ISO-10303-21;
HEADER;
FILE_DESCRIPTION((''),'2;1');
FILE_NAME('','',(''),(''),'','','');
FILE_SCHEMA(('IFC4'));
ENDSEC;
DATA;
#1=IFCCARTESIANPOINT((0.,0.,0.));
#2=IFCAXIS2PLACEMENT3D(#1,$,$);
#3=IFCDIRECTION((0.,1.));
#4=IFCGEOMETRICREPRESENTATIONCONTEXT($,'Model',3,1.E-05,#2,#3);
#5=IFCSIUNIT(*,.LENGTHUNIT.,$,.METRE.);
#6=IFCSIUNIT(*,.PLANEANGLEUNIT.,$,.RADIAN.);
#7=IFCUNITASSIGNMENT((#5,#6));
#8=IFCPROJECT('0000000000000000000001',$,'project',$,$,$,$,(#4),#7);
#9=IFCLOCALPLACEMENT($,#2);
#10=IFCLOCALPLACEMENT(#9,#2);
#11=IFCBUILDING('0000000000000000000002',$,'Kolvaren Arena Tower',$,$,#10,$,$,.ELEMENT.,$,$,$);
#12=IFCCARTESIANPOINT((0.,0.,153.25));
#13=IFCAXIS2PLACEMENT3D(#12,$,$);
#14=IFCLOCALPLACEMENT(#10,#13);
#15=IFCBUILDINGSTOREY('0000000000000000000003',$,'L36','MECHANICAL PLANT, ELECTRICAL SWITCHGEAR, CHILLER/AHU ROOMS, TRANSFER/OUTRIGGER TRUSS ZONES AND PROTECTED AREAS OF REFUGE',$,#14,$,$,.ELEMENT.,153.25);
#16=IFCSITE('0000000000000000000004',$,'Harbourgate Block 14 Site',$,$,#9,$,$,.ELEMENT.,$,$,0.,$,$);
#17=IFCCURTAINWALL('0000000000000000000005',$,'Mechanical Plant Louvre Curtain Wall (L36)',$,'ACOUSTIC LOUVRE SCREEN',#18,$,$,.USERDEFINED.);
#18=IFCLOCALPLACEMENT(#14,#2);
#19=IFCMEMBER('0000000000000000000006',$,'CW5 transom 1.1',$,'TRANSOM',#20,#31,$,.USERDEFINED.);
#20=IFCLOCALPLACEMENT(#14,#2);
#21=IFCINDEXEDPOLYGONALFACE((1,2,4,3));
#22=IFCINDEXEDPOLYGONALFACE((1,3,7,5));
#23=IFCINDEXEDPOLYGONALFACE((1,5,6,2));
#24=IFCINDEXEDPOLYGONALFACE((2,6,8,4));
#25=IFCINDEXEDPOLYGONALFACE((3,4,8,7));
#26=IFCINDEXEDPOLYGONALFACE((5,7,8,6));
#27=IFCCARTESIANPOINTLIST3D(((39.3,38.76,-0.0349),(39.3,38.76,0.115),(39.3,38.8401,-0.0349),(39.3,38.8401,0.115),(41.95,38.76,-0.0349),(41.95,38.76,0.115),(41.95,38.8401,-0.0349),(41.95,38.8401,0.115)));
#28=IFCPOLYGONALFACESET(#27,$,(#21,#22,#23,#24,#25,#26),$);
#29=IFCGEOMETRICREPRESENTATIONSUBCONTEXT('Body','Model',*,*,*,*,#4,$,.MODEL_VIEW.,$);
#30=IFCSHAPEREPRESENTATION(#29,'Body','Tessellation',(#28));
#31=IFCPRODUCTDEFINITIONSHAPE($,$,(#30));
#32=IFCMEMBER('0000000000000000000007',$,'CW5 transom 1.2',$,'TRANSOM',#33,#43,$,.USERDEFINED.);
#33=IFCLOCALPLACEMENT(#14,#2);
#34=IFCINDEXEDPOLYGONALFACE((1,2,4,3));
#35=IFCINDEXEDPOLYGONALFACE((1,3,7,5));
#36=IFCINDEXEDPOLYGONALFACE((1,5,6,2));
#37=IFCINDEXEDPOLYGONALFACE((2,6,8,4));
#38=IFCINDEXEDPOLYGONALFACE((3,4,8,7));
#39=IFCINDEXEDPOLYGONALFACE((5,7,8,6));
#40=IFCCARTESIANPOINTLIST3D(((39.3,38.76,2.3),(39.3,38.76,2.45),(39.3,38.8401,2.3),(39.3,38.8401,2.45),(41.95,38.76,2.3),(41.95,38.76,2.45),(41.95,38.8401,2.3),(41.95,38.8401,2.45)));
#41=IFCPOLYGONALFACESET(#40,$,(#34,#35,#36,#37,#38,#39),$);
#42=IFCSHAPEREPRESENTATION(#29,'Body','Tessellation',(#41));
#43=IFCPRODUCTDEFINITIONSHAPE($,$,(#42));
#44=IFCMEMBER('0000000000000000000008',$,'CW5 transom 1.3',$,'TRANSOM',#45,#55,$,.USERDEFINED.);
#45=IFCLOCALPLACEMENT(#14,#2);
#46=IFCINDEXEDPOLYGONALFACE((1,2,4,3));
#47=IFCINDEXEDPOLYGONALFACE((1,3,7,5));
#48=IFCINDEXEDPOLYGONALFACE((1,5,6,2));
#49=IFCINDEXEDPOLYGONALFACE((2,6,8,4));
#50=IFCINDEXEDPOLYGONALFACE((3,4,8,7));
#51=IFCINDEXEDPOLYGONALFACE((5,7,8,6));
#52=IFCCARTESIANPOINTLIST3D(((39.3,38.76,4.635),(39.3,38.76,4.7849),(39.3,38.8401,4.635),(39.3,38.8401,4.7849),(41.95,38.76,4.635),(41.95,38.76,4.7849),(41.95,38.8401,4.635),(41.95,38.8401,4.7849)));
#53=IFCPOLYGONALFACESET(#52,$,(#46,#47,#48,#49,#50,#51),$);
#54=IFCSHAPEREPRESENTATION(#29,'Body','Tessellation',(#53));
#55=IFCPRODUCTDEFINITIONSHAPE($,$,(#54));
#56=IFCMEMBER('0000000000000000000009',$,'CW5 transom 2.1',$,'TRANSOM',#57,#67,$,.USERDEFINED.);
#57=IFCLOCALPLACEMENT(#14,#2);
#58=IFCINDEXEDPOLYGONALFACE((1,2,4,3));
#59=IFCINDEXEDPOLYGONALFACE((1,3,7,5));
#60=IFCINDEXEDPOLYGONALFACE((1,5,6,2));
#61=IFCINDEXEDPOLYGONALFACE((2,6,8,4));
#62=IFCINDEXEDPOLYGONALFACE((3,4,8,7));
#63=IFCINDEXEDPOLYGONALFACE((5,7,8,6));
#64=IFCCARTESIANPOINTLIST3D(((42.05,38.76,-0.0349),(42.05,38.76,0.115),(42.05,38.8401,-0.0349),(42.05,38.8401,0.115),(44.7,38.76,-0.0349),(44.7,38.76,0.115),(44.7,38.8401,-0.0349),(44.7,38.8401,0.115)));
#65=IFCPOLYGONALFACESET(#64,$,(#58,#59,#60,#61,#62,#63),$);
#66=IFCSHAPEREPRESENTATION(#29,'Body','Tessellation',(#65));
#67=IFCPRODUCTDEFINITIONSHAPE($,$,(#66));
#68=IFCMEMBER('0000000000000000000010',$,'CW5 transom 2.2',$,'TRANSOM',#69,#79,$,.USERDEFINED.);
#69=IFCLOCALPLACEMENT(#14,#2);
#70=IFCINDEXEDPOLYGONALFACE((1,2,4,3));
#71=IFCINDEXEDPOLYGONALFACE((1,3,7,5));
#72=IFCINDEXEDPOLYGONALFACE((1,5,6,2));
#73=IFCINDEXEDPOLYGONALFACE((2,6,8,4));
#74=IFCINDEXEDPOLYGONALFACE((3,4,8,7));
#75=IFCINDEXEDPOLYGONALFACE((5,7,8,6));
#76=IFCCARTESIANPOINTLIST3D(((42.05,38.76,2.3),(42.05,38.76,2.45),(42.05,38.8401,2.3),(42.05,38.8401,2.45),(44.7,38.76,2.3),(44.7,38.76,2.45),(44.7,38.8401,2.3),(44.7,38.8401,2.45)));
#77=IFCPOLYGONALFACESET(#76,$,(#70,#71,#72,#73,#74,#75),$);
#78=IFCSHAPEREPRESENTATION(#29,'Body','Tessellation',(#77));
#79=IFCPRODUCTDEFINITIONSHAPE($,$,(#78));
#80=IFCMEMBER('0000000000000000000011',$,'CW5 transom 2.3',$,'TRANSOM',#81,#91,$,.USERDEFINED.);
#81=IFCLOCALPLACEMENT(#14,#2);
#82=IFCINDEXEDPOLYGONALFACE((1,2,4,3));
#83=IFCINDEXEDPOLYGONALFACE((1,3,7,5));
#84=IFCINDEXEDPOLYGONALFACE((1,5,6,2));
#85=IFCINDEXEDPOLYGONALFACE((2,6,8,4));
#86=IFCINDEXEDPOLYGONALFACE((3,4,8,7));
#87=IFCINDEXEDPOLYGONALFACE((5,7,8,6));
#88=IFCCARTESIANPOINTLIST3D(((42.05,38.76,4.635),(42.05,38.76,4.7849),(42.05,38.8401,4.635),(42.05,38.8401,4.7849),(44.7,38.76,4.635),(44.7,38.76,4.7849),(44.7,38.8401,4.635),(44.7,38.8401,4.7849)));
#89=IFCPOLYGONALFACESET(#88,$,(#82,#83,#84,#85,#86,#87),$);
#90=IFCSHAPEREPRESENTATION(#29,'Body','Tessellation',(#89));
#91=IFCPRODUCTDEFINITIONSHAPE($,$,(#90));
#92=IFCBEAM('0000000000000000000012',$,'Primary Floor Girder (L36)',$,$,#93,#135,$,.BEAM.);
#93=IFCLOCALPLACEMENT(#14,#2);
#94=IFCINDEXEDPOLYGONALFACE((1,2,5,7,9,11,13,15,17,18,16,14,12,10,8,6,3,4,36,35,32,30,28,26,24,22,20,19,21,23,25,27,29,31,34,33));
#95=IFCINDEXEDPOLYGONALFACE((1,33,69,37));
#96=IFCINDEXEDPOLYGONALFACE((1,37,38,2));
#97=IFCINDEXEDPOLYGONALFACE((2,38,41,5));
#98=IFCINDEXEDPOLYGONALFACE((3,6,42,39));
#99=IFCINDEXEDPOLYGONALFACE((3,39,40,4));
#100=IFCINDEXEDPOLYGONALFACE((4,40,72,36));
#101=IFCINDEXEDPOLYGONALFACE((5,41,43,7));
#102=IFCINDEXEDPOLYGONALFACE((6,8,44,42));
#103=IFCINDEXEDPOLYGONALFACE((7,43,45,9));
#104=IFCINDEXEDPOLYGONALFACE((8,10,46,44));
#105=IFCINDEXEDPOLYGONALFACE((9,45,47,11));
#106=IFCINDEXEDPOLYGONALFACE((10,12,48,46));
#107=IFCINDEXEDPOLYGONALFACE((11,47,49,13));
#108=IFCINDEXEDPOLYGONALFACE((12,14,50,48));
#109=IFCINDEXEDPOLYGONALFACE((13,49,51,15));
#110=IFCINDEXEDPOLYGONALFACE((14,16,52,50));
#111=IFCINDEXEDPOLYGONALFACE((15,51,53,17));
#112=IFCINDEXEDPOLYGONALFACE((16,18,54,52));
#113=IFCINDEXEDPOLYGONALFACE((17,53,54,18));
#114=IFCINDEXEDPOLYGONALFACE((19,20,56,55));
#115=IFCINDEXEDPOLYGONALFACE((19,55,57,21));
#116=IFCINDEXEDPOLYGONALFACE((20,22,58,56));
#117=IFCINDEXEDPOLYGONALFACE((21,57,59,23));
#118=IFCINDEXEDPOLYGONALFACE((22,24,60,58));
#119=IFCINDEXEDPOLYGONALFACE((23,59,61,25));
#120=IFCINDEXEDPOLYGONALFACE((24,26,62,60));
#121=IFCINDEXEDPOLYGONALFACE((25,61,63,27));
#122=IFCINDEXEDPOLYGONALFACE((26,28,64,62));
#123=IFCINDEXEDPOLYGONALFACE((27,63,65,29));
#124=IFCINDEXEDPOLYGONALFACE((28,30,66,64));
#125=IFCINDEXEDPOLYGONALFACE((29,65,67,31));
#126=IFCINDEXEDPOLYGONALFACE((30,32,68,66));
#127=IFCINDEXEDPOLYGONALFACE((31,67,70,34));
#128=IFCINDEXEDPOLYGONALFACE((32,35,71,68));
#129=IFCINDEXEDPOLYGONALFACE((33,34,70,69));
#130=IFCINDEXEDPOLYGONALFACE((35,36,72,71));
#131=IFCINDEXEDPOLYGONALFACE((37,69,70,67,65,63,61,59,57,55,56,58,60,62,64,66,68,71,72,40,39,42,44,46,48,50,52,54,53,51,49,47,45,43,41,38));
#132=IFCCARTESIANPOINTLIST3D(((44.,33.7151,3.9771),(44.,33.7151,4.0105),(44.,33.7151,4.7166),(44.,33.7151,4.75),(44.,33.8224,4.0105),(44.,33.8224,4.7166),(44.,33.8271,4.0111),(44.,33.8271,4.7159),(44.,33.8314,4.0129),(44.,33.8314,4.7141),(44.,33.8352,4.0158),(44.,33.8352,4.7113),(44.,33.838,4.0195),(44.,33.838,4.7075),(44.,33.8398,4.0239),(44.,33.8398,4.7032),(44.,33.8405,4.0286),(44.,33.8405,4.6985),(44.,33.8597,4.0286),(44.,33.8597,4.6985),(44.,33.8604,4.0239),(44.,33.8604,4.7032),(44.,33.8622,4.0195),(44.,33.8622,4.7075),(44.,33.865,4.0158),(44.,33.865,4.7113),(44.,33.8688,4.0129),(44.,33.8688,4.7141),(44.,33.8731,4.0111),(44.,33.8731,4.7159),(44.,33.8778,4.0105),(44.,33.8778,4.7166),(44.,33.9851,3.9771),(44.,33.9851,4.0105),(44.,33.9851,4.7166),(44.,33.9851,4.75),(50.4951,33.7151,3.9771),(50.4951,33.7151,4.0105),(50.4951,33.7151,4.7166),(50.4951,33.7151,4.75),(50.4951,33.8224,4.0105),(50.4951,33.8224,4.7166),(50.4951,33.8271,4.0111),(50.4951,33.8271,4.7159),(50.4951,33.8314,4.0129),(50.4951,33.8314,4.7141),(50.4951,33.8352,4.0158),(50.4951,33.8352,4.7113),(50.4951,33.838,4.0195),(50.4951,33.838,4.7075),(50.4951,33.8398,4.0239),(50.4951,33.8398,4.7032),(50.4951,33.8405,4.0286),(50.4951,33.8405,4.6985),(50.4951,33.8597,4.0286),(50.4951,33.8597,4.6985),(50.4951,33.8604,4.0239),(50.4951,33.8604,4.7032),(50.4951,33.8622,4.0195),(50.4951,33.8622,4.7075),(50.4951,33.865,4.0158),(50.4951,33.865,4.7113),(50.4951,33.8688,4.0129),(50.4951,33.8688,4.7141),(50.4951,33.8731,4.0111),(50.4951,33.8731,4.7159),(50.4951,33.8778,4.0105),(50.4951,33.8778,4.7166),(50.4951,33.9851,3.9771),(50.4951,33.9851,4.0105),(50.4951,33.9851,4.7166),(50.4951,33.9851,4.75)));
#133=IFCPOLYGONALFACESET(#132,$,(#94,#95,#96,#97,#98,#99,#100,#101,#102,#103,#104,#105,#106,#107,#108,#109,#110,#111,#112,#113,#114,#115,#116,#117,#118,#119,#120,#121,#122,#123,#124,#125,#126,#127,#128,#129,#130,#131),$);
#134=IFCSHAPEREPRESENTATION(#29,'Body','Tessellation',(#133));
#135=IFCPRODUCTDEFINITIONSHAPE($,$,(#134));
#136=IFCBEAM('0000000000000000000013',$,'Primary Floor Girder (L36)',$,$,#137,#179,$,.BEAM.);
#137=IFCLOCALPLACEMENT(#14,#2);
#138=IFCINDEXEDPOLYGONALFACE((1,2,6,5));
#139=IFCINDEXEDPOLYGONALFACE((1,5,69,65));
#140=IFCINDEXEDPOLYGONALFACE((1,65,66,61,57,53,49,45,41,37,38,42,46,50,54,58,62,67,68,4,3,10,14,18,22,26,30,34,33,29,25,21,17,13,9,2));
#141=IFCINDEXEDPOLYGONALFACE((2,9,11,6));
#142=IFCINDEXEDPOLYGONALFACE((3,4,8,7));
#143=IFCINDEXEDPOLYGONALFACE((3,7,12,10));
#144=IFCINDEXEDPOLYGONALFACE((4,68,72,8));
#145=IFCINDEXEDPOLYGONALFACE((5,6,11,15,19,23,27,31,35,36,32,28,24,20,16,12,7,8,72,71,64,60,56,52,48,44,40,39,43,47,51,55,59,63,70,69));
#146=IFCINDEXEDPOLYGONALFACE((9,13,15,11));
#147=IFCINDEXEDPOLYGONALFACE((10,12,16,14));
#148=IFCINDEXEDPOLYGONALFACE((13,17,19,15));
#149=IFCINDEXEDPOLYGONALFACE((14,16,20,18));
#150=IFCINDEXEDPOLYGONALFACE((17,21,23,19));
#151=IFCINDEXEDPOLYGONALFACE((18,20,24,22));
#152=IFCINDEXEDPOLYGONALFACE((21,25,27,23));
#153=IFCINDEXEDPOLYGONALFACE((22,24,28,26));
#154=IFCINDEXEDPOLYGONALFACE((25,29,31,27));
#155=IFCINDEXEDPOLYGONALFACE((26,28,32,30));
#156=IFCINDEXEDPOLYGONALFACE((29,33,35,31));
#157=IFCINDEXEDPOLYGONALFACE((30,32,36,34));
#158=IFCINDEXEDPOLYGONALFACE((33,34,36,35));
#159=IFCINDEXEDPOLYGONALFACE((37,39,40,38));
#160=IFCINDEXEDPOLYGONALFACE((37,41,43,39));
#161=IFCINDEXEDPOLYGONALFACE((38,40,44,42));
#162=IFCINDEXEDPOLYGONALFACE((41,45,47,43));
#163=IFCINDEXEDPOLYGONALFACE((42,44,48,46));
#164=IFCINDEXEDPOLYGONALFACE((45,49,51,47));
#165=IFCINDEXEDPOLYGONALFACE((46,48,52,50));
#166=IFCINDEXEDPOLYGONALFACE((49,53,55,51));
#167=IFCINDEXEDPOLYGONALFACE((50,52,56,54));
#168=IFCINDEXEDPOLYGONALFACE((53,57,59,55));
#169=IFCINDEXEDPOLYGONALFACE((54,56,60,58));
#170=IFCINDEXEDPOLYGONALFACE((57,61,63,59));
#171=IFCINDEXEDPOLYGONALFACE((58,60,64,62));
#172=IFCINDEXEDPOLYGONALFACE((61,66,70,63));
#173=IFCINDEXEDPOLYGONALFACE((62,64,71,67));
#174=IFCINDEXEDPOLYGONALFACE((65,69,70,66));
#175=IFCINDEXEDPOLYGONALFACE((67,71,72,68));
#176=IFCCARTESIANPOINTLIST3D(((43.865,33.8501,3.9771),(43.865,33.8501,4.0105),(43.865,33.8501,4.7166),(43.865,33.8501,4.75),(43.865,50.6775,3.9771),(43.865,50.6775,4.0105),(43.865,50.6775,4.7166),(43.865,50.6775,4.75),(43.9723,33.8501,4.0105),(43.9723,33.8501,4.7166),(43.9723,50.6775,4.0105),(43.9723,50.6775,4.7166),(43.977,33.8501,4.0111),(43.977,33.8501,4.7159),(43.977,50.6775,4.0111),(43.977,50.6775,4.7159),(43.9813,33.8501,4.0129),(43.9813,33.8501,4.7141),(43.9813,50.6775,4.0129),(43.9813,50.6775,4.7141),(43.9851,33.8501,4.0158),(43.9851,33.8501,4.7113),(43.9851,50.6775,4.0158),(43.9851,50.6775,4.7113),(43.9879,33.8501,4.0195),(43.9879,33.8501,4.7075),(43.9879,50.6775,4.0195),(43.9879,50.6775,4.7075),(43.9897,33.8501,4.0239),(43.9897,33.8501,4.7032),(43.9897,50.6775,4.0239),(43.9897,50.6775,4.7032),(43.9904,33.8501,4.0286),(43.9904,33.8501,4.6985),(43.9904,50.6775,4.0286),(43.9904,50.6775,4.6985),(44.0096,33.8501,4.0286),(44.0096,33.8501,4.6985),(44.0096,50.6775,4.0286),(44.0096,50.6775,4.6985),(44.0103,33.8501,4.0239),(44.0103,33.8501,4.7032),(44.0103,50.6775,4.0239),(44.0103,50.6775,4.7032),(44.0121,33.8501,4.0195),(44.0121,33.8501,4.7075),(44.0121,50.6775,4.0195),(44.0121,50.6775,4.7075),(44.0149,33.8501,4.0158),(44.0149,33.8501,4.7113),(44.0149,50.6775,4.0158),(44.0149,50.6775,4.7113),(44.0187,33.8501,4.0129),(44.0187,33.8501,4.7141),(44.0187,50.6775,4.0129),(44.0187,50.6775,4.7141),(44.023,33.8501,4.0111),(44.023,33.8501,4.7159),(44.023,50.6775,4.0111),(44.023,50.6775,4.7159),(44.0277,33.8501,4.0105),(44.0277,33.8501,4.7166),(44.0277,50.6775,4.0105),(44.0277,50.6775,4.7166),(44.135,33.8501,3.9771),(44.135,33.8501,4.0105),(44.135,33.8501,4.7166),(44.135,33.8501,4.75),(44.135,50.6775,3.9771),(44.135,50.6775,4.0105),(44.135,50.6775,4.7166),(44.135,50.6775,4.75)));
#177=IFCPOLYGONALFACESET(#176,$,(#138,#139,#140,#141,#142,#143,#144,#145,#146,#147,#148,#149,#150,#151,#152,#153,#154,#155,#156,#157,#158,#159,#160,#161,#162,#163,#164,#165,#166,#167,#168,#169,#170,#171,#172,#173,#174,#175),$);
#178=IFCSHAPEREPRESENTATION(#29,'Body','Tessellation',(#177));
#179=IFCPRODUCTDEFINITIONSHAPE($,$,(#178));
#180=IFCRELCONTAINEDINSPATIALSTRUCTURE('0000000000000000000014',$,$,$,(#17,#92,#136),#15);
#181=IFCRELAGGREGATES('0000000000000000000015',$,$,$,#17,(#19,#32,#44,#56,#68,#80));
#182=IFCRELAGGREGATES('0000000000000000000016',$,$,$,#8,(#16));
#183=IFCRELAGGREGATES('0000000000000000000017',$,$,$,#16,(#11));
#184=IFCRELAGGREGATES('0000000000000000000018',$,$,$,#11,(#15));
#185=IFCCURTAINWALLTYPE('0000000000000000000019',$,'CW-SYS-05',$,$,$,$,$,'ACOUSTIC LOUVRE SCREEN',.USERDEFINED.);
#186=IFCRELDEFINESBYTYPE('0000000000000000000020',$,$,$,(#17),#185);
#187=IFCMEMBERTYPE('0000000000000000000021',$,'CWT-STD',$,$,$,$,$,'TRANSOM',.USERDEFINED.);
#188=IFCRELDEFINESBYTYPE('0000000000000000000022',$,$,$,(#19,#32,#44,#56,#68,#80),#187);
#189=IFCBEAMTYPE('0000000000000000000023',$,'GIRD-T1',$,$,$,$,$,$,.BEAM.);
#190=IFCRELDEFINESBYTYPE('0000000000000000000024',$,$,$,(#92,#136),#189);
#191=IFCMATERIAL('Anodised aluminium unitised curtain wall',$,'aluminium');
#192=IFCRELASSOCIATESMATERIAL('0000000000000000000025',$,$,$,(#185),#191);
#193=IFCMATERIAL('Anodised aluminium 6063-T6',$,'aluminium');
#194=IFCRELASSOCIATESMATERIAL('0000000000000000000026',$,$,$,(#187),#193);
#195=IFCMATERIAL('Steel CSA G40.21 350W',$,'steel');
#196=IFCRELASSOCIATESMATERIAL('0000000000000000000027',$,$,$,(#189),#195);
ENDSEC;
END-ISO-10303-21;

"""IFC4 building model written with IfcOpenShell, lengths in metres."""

from ifc_helpers import new_model, si_unit, direction, frame, origin, origin_2d, place, context, subcontext, project, spatial, rectangle, i_section, extrude, material, material_profile, profile_set, type_object, element, aggregate, save


model = new_model("IFC4")

# Units and contexts
model_context = context("Model", 3, precision=1e-05, world=origin(), true_north=direction((0.0, 1.0)))
body_context = subcontext(model_context, "Body", "Model", "MODEL_VIEW")
ifc_project = project(units=[si_unit("LENGTHUNIT", "METRE"), si_unit("PLANEANGLEUNIT", "RADIAN")], contexts=[model_context])

# Site, building, storey
site_placement = place(None, origin())
site = spatial("IfcSite", under=ifc_project, at=site_placement, Name="Harbourgate Block 14 Site", CompositionType="ELEMENT", RefElevation=0.0)
building_placement = place(site_placement, origin())
building = spatial("IfcBuilding", under=site, at=building_placement, Name="Kolvaren Arena Tower", CompositionType="ELEMENT")
storey_placement = place(building_placement, frame((0.0, 0.0, 153.25)))
storey = spatial("IfcBuildingStorey", under=building, at=storey_placement, Name="L36", Description="MECHANICAL PLANT, ELECTRICAL SWITCHGEAR, CHILLER/AHU ROOMS, TRANSFER/OUTRIGGER TRUSS ZONES AND PROTECTED AREAS OF REFUGE", CompositionType="ELEMENT", Elevation=153.25)

# Shared definitions
ifc_material_1 = material(Name="Steel CSA G40.21 350W", Category="steel")

# Curtain wall, members
ifc_material_2 = material(Name="Anodised aluminium unitised curtain wall", Category="aluminium")
curtain_wall_type = type_object("IfcCurtainWallType", Name="CW-SYS-05", ElementType="ACOUSTIC LOUVRE SCREEN", PredefinedType="USERDEFINED", material=ifc_material_2)
curtain_wall_placement = place(storey_placement, origin())
curtain_wall = element("IfcCurtainWall", 1, at=curtain_wall_placement, inside=storey, type_object=curtain_wall_type, Name="Mechanical Plant Louvre Curtain Wall (L36)", ObjectType="ACOUSTIC LOUVRE SCREEN", PredefinedType="USERDEFINED")
ifc_material_3 = material(Name="Anodised aluminium 6063-T6", Category="aluminium")
ifc_material_profile_1 = material_profile(ifc_material_3, rectangle(XDim=0.0801, YDim=0.1499, at=origin_2d()), Name="ALU-80x150")
ifc_profile_set_1 = profile_set([ifc_material_profile_1], Name="Anodised aluminium 6063-T6")
member_type_1 = type_object("IfcMemberType", Name="CWT-STD", ElementType="TRANSOM", PredefinedType="USERDEFINED", material=ifc_profile_set_1)
member_1_placement = place(storey_placement, frame((39.3, 38.8, 0.04), z_axis=(1.0, 0.0, 0.0), x_axis=(0.0, 1.0, 0.0)))
member_1 = element("IfcMember", 2, at=member_1_placement, type_object=member_type_1, Name="CW5 transom 1.1", ObjectType="TRANSOM", PredefinedType="USERDEFINED", context=body_context, shape_type="SweptSolid", body=[
    extrude(rectangle(XDim=0.0801, YDim=0.1499, at=origin_2d()), origin(), (0.0, 0.0, 1.0), 2.6499),
])
member_2_placement = place(storey_placement, frame((39.3, 38.8, 2.375), z_axis=(1.0, 0.0, 0.0), x_axis=(0.0, 1.0, 0.0)))
member_2 = element("IfcMember", 3, at=member_2_placement, type_object=member_type_1, Name="CW5 transom 1.2", ObjectType="TRANSOM", PredefinedType="USERDEFINED", context=body_context, shape_type="SweptSolid", body=[
    extrude(rectangle(XDim=0.0801, YDim=0.1499, at=origin_2d()), origin(), (0.0, 0.0, 1.0), 2.6499),
])
member_3_placement = place(storey_placement, frame((39.3, 38.8, 4.71), z_axis=(1.0, 0.0, 0.0), x_axis=(0.0, 1.0, 0.0)))
member_3 = element("IfcMember", 4, at=member_3_placement, type_object=member_type_1, Name="CW5 transom 1.3", ObjectType="TRANSOM", PredefinedType="USERDEFINED", context=body_context, shape_type="SweptSolid", body=[
    extrude(rectangle(XDim=0.0801, YDim=0.1499, at=origin_2d()), origin(), (0.0, 0.0, 1.0), 2.6499),
])
member_4_placement = place(storey_placement, frame((42.05, 38.8, 0.04), z_axis=(1.0, 0.0, 0.0), x_axis=(0.0, 1.0, 0.0)))
member_4 = element("IfcMember", 5, at=member_4_placement, type_object=member_type_1, Name="CW5 transom 2.1", ObjectType="TRANSOM", PredefinedType="USERDEFINED", context=body_context, shape_type="SweptSolid", body=[
    extrude(rectangle(XDim=0.0801, YDim=0.1499, at=origin_2d()), origin(), (0.0, 0.0, 1.0), 2.6499),
])
member_5_placement = place(storey_placement, frame((42.05, 38.8, 2.375), z_axis=(1.0, 0.0, 0.0), x_axis=(0.0, 1.0, 0.0)))
member_5 = element("IfcMember", 6, at=member_5_placement, type_object=member_type_1, Name="CW5 transom 2.2", ObjectType="TRANSOM", PredefinedType="USERDEFINED", context=body_context, shape_type="SweptSolid", body=[
    extrude(rectangle(XDim=0.0801, YDim=0.1499, at=origin_2d()), origin(), (0.0, 0.0, 1.0), 2.6499),
])
member_6_placement = place(storey_placement, frame((42.05, 38.8, 4.71), z_axis=(1.0, 0.0, 0.0), x_axis=(0.0, 1.0, 0.0)))
member_6 = element("IfcMember", 7, at=member_6_placement, type_object=member_type_1, Name="CW5 transom 2.3", ObjectType="TRANSOM", PredefinedType="USERDEFINED", context=body_context, shape_type="SweptSolid", body=[
    extrude(rectangle(XDim=0.0801, YDim=0.1499, at=origin_2d()), origin(), (0.0, 0.0, 1.0), 2.6499),
])

# Beams
ifc_material_profile_2 = material_profile(ifc_material_1, i_section(OverallWidth=0.27, OverallDepth=0.7729, WebThickness=0.0193, FlangeThickness=0.0334, FilletRadius=0.0181, at=origin_2d()), Name="W760x257")
ifc_profile_set_2 = profile_set([ifc_material_profile_2], Name="Steel CSA G40.21 350W")
beam_type_1 = type_object("IfcBeamType", Name="GIRD-T1", PredefinedType="BEAM", material=ifc_profile_set_2)
beam_1_placement = place(storey_placement, frame((44.0, 33.8501, 4.3635), z_axis=(1.0, 0.0, 0.0), x_axis=(0.0, 1.0, 0.0)))
element("IfcBeam", 8, at=beam_1_placement, inside=storey, type_object=beam_type_1, Name="Primary Floor Girder (L36)", PredefinedType="BEAM", context=body_context, shape_type="SweptSolid", body=[
    extrude(i_section(OverallWidth=0.27, OverallDepth=0.7729, WebThickness=0.0193, FlangeThickness=0.0334, FilletRadius=0.0181, at=origin_2d()), origin(), (0.0, 0.0, 1.0), 6.4951),
])
beam_2_placement = place(storey_placement, frame((44.0, 33.8501, 4.3635), z_axis=(0.0, 1.0, 0.0), x_axis=(-1.0, 0.0, 0.0)))
element("IfcBeam", 9, at=beam_2_placement, inside=storey, type_object=beam_type_1, Name="Primary Floor Girder (L36)", PredefinedType="BEAM", context=body_context, shape_type="SweptSolid", body=[
    extrude(i_section(OverallWidth=0.27, OverallDepth=0.7729, WebThickness=0.0193, FlangeThickness=0.0334, FilletRadius=0.0181, at=origin_2d()), origin(), (0.0, 0.0, 1.0), 16.8274),
])

aggregate(curtain_wall, [member_1, member_2, member_3, member_4, member_5, member_6])

save(model, "model.ifc")
